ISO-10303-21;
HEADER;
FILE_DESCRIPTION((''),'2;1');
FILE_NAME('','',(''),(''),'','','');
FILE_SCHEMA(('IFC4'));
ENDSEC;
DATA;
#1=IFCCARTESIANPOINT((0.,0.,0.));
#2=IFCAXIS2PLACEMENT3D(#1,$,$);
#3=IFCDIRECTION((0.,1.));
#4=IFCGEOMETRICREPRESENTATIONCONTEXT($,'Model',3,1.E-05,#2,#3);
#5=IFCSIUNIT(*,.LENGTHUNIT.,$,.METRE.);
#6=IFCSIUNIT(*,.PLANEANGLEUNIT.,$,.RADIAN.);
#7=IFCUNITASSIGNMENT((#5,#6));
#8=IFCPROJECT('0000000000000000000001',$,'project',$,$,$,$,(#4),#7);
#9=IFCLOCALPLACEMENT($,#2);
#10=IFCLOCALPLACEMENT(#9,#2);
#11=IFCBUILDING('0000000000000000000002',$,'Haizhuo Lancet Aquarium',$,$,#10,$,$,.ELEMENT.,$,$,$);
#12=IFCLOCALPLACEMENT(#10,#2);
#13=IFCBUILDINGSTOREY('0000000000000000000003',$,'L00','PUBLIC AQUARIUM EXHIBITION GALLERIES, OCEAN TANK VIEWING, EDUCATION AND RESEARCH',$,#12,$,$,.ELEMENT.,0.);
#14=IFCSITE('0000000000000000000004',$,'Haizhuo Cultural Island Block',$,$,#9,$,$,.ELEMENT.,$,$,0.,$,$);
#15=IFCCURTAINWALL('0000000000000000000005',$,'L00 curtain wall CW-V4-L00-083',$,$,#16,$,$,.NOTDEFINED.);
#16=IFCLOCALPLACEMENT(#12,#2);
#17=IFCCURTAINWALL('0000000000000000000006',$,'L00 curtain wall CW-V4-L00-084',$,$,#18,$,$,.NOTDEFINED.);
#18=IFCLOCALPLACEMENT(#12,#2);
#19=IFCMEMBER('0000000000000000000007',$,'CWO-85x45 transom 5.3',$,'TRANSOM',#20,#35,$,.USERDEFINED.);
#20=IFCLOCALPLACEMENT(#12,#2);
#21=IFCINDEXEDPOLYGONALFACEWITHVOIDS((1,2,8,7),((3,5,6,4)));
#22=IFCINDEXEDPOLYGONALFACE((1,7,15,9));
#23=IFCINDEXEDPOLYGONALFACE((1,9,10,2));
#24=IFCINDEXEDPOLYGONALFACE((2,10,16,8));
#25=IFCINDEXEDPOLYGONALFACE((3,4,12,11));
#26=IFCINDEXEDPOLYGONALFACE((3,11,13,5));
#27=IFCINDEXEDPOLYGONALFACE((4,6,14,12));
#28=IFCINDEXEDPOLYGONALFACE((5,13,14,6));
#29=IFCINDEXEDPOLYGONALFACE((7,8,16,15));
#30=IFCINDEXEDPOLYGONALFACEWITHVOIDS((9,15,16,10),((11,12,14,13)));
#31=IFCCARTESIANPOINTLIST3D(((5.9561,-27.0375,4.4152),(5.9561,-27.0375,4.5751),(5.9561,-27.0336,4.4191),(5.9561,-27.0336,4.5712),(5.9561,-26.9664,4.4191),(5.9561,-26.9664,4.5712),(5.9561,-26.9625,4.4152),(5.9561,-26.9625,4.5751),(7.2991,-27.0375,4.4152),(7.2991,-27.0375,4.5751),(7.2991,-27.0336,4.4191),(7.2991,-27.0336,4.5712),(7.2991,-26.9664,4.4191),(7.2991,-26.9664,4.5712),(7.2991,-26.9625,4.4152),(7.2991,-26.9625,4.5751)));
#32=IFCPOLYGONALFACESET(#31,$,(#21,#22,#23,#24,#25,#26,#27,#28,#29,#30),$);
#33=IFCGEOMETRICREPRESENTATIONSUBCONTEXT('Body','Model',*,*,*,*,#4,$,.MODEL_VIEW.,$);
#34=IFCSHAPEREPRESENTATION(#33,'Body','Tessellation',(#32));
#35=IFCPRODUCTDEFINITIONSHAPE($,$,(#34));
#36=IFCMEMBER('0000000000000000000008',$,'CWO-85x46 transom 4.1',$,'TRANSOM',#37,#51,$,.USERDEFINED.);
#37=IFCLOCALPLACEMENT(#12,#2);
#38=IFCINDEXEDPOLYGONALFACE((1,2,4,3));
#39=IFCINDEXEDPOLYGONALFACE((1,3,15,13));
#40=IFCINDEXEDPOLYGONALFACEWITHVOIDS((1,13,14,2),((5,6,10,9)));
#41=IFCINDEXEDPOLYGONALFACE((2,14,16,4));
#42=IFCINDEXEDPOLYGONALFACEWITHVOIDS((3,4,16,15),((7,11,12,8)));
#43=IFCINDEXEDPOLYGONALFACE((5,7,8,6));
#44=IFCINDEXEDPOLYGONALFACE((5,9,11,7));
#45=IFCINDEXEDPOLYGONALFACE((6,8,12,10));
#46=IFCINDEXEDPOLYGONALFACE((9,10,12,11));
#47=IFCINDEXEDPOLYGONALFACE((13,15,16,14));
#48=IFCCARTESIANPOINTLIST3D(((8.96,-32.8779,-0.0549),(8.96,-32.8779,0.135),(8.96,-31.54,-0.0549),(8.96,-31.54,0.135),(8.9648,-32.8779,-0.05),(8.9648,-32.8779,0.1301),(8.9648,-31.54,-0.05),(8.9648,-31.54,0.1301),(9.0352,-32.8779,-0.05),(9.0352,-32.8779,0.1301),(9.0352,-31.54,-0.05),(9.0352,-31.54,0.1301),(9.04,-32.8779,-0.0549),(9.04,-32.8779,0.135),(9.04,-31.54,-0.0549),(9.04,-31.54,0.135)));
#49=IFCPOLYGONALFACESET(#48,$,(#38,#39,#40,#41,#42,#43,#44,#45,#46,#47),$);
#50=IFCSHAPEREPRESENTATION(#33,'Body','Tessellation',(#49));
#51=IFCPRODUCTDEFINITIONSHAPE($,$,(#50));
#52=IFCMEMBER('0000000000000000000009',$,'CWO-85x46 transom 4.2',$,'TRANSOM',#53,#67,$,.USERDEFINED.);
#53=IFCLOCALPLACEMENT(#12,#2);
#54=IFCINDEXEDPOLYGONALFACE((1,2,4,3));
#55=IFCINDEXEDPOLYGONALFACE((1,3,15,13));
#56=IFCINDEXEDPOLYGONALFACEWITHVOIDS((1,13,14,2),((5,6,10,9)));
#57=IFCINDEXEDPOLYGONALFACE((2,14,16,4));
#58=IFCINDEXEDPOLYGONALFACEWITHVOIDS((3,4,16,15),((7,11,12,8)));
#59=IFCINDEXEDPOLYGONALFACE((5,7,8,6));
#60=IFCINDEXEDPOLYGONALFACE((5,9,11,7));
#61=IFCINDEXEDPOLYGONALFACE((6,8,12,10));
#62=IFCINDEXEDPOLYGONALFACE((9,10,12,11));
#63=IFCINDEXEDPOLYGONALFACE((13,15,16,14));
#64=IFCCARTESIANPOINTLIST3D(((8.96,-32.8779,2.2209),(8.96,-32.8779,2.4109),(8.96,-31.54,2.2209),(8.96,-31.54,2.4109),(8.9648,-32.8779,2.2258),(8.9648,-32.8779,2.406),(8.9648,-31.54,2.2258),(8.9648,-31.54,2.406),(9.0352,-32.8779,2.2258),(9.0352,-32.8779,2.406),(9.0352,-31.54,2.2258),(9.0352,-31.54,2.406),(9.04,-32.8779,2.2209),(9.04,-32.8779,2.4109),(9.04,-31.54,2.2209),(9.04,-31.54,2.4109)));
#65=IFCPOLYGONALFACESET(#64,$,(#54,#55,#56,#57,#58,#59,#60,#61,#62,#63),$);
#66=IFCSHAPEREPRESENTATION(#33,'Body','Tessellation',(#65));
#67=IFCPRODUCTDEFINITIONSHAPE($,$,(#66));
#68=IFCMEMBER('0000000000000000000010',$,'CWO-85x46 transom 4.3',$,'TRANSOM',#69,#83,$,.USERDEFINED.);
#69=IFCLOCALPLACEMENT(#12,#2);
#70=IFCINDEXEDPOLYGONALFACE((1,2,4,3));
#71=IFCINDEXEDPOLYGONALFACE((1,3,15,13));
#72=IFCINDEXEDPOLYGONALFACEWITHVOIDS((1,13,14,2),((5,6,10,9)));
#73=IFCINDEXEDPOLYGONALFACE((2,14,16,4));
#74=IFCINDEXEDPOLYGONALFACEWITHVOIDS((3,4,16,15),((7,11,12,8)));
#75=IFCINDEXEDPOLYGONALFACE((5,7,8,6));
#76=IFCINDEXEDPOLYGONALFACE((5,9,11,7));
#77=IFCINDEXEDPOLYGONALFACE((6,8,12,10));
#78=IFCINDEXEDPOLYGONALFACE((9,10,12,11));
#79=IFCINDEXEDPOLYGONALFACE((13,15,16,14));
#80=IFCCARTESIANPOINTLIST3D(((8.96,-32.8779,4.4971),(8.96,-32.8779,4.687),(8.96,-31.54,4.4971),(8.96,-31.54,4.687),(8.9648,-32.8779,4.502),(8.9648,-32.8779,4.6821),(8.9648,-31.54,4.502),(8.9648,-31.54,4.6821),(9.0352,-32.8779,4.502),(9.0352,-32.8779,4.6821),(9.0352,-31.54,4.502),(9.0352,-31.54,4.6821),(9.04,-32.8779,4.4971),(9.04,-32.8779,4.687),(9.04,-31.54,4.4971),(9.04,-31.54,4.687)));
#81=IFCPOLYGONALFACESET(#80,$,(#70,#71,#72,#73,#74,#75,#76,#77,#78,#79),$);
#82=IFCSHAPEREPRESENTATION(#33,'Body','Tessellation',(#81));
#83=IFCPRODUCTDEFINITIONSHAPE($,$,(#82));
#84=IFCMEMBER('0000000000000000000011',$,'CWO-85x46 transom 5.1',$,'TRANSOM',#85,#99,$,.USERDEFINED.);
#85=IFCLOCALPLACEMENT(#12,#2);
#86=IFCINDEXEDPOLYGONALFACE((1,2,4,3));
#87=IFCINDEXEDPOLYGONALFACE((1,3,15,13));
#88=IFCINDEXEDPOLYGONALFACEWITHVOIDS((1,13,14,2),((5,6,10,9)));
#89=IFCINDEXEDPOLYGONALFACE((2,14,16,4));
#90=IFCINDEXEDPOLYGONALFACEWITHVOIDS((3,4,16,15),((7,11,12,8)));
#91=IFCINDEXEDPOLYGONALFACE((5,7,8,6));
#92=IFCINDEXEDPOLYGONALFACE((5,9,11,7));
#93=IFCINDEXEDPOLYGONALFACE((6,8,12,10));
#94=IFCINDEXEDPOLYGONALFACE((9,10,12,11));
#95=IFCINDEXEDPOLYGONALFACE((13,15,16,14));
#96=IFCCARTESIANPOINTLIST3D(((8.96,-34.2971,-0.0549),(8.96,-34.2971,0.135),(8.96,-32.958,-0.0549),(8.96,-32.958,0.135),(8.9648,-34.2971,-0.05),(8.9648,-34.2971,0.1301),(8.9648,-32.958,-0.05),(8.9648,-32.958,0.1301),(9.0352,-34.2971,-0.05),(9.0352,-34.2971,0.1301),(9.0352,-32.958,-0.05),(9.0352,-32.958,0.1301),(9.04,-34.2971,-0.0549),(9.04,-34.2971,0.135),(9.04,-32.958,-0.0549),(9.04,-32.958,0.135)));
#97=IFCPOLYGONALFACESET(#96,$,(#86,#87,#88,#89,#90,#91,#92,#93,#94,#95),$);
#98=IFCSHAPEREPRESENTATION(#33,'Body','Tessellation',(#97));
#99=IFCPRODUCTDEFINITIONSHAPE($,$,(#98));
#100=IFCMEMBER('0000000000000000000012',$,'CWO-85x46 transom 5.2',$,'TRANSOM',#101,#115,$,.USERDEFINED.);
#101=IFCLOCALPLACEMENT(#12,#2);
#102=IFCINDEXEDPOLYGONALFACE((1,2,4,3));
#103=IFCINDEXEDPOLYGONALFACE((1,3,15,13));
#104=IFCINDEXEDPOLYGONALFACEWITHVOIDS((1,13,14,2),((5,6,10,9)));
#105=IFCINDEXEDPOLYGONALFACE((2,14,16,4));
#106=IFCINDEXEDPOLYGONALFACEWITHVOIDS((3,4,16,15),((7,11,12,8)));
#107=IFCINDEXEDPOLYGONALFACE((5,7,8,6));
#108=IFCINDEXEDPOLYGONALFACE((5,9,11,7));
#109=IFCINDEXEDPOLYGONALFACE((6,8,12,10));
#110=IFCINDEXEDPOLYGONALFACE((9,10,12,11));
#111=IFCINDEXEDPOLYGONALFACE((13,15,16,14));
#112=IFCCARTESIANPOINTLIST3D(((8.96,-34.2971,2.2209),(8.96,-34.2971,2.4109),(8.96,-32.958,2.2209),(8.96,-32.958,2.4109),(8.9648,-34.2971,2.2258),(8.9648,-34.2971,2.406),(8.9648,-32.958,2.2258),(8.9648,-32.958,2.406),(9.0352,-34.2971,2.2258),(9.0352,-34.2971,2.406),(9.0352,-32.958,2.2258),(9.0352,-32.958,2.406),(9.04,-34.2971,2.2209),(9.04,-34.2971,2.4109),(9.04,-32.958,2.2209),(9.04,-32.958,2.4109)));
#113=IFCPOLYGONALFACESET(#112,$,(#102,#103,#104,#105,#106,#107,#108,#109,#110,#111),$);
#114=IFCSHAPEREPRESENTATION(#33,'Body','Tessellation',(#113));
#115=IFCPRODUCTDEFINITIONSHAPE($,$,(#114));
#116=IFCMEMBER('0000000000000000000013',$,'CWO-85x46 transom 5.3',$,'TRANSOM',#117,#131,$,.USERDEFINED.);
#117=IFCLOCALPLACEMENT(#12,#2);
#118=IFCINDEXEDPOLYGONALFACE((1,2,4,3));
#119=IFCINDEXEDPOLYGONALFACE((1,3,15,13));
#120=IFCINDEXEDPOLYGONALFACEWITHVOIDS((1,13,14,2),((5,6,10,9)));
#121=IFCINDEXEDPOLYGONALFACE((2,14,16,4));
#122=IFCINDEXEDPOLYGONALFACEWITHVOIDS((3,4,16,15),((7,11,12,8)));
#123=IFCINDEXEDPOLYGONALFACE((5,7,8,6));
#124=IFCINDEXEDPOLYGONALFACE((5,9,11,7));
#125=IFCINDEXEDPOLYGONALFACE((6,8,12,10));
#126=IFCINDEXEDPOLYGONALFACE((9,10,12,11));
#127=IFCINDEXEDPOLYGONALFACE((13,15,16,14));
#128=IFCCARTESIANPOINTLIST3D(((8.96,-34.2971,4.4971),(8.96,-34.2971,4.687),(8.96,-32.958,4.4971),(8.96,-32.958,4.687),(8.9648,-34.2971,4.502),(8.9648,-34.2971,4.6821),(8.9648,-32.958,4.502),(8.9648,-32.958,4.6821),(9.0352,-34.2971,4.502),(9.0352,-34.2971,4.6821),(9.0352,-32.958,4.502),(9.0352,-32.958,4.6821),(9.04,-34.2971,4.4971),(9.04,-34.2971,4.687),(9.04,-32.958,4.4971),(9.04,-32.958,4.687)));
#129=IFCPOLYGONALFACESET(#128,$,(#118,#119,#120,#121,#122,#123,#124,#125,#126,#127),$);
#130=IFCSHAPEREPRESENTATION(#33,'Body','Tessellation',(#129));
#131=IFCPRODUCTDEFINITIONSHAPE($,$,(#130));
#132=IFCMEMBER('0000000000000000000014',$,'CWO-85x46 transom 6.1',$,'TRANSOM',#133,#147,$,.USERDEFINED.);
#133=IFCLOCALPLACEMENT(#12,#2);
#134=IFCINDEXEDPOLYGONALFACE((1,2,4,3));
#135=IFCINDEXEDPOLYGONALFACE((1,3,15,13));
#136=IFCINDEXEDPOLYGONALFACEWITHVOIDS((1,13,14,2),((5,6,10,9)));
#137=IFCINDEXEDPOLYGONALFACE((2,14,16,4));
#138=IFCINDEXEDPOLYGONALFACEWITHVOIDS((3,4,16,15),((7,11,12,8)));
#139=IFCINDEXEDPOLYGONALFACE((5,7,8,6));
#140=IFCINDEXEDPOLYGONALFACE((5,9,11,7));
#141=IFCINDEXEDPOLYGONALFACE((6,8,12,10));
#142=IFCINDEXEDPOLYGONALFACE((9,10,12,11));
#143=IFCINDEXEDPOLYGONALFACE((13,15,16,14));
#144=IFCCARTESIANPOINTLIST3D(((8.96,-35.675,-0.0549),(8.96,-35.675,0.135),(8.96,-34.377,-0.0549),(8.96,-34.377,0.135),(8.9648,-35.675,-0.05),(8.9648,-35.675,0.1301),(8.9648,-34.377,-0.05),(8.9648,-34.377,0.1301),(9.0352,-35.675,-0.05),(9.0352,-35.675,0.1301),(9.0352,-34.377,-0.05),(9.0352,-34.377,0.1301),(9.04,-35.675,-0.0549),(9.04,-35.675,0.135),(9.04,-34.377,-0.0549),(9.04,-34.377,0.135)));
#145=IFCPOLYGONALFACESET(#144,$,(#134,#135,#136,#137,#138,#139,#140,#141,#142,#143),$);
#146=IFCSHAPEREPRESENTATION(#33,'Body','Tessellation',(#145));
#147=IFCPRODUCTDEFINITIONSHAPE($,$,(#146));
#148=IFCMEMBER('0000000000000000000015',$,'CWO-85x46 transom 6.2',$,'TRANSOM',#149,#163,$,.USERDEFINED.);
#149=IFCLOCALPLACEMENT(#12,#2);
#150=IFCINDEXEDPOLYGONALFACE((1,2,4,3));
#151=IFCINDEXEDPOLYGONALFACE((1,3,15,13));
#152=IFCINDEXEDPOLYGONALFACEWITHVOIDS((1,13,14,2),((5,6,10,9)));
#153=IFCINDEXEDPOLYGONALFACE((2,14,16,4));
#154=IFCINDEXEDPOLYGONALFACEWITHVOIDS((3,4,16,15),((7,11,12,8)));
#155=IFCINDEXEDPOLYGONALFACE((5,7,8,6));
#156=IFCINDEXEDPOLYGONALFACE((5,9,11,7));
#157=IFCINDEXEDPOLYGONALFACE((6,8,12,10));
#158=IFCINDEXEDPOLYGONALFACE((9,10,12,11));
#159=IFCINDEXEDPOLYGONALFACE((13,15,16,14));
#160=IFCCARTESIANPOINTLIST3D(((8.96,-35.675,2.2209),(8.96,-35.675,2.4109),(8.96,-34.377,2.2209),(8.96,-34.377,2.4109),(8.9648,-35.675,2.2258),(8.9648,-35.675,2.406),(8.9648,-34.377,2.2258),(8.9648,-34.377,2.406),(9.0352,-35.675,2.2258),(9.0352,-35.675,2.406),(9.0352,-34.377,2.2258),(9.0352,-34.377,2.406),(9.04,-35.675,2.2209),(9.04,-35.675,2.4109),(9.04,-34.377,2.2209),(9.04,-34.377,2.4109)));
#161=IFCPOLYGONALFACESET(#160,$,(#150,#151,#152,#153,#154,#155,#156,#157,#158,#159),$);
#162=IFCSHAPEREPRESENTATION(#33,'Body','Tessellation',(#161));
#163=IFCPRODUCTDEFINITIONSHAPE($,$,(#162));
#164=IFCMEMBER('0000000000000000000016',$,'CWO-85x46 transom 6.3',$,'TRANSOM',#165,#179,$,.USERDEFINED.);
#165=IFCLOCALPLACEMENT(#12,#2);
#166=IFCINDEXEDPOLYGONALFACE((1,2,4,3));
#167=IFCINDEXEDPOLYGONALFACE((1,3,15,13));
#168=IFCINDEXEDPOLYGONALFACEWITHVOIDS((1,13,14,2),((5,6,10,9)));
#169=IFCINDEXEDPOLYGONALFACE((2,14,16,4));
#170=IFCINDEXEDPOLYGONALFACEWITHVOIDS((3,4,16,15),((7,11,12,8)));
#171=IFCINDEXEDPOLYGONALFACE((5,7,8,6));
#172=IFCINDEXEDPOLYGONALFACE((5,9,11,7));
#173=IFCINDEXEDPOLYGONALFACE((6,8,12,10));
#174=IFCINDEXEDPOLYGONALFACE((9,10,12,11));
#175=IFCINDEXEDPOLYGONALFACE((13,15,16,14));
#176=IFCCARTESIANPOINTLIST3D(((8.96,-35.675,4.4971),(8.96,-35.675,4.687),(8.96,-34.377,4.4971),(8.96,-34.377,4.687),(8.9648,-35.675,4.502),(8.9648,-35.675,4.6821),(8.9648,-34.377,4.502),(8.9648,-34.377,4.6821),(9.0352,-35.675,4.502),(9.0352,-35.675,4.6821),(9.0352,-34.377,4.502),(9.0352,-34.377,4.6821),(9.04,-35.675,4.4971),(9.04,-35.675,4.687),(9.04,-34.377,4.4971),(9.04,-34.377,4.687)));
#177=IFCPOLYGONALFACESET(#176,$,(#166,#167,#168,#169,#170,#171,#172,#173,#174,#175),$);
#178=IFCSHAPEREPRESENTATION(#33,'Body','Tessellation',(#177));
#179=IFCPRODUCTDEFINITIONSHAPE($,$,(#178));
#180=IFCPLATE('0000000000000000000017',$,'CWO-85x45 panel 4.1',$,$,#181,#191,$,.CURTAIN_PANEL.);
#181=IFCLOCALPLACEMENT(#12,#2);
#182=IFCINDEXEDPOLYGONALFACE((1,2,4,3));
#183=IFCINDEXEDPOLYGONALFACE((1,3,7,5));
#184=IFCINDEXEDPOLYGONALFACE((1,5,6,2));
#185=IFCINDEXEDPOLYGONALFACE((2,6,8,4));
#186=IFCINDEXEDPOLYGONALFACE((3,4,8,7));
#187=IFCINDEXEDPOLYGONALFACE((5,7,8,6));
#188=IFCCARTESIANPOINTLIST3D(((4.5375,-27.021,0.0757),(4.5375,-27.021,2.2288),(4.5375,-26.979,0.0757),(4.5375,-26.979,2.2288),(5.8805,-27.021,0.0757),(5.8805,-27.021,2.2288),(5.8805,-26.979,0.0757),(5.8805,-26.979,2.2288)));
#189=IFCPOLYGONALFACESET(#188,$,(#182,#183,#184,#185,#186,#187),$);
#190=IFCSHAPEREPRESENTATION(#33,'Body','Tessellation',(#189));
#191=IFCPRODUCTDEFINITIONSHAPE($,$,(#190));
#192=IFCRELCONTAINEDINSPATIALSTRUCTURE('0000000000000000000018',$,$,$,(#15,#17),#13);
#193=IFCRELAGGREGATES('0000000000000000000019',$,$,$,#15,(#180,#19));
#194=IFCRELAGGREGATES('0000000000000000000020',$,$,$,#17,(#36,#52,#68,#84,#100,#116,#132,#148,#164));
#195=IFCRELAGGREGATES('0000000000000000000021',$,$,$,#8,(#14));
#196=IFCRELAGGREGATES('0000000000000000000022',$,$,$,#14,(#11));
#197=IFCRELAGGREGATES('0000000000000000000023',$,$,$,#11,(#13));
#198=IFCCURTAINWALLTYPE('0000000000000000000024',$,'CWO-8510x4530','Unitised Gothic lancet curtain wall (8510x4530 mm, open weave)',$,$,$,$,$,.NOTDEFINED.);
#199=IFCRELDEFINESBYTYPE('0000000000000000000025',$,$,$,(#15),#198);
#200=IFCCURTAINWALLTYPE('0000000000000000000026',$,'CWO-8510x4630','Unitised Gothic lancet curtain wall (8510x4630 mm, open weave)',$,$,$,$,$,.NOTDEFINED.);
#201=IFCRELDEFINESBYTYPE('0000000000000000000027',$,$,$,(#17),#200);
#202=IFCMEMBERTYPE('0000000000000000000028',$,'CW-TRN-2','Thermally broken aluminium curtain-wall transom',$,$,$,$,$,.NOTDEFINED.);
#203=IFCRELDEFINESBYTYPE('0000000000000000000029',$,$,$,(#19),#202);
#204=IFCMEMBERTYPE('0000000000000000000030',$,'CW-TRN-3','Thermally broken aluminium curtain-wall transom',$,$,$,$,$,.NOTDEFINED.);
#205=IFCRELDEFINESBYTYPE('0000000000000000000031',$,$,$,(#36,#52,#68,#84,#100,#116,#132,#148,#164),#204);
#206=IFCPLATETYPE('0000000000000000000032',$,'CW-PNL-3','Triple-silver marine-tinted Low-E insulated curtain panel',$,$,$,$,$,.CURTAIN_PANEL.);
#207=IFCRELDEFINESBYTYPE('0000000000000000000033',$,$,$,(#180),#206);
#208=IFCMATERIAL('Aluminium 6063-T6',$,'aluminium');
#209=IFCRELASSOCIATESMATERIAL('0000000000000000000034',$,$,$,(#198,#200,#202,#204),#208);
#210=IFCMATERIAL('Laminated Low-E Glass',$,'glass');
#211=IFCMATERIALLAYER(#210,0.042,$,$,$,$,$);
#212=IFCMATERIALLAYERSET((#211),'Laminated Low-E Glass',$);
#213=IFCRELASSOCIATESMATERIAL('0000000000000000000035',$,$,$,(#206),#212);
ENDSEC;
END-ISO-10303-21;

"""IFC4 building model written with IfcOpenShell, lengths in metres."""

from ifc_helpers import new_model, si_unit, direction, frame, origin, origin_2d, place, context, subcontext, project, spatial, rectangle, hollow_rectangle, extrude, material, layer, layer_set, material_profile, profile_set, type_object, element, aggregate, save


model = new_model("IFC4")

# Units and contexts
model_context = context("Model", 3, precision=1e-05, world=origin(), true_north=direction((0.0, 1.0)))
body_context = subcontext(model_context, "Body", "Model", "MODEL_VIEW")
ifc_project = project(units=[si_unit("LENGTHUNIT", "METRE"), si_unit("PLANEANGLEUNIT", "RADIAN")], contexts=[model_context])

# Site, building, storey
site_placement = place(None, origin())
site = spatial("IfcSite", under=ifc_project, at=site_placement, Name="Haizhuo Cultural Island Block", CompositionType="ELEMENT", RefElevation=0.0)
building_placement = place(site_placement, origin())
building = spatial("IfcBuilding", under=site, at=building_placement, Name="Haizhuo Lancet Aquarium", CompositionType="ELEMENT")
storey_placement = place(building_placement, origin())
storey = spatial("IfcBuildingStorey", under=building, at=storey_placement, Name="L00", Description="PUBLIC AQUARIUM EXHIBITION GALLERIES, OCEAN TANK VIEWING, EDUCATION AND RESEARCH", CompositionType="ELEMENT", Elevation=0.0)

# Curtain walls
ifc_material_1 = material(Name="Aluminium 6063-T6", Category="aluminium")
curtain_wall_type_1 = type_object("IfcCurtainWallType", Name="CWO-8510x4530", Description="Unitised Gothic lancet curtain wall (8510x4530 mm, open weave)", PredefinedType="NOTDEFINED", material=ifc_material_1)
curtain_wall_1_placement = place(storey_placement, origin())
curtain_wall_1 = element("IfcCurtainWall", 1, at=curtain_wall_1_placement, inside=storey, type_object=curtain_wall_type_1, Name="L00 curtain wall CW-V4-L00-083", PredefinedType="NOTDEFINED")
curtain_wall_type_2 = type_object("IfcCurtainWallType", Name="CWO-8510x4630", Description="Unitised Gothic lancet curtain wall (8510x4630 mm, open weave)", PredefinedType="NOTDEFINED", material=ifc_material_1)
curtain_wall_2_placement = place(storey_placement, origin())
curtain_wall_2 = element("IfcCurtainWall", 2, at=curtain_wall_2_placement, inside=storey, type_object=curtain_wall_type_2, Name="L00 curtain wall CW-V4-L00-084", PredefinedType="NOTDEFINED")

# Members
ifc_material_profile_1 = material_profile(ifc_material_1, hollow_rectangle(XDim=0.075, YDim=0.1599, WallThickness=0.0039, at=origin_2d()), Name="ALU-T 75x160x4")
ifc_profile_set_1 = profile_set([ifc_material_profile_1], Name="Aluminium 6063-T6")
member_type_1 = type_object("IfcMemberType", Name="CW-TRN-2", Description="Thermally broken aluminium curtain-wall transom", PredefinedType="NOTDEFINED", material=ifc_profile_set_1)
member_1_placement = place(storey_placement, frame((5.9561, -27.0, 4.4951), z_axis=(1.0, 0.0, 0.0), x_axis=(0.0, 1.0, 0.0)))
member_1 = element("IfcMember", 3, at=member_1_placement, type_object=member_type_1, Name="CWO-85x45 transom 5.3", ObjectType="TRANSOM", PredefinedType="USERDEFINED", context=body_context, shape_type="SweptSolid", body=[
    extrude(hollow_rectangle(XDim=0.075, YDim=0.1599, WallThickness=0.0039, at=origin_2d()), origin(), (0.0, 0.0, 1.0), 1.343),
])
ifc_material_profile_2 = material_profile(ifc_material_1, hollow_rectangle(XDim=0.0801, YDim=0.1899, WallThickness=0.0049, at=origin_2d()), Name="ALU-T 80x190x5")
ifc_profile_set_2 = profile_set([ifc_material_profile_2], Name="Aluminium 6063-T6")
member_type_2 = type_object("IfcMemberType", Name="CW-TRN-3", Description="Thermally broken aluminium curtain-wall transom", PredefinedType="NOTDEFINED", material=ifc_profile_set_2)
member_2_placement = place(storey_placement, frame((9.0, -31.54, 0.04), z_axis=(0.0, -1.0, 0.0), x_axis=(1.0, 0.0, 0.0)))
member_2 = element("IfcMember", 4, at=member_2_placement, type_object=member_type_2, Name="CWO-85x46 transom 4.1", ObjectType="TRANSOM", PredefinedType="USERDEFINED", context=body_context, shape_type="SweptSolid", body=[
    extrude(hollow_rectangle(XDim=0.0801, YDim=0.1899, WallThickness=0.0049, at=origin_2d()), origin(), (0.0, 0.0, 1.0), 1.3379),
])
member_3_placement = place(storey_placement, frame((9.0, -31.54, 2.3159), z_axis=(0.0, -1.0, 0.0), x_axis=(1.0, 0.0, 0.0)))
member_3 = element("IfcMember", 5, at=member_3_placement, type_object=member_type_2, Name="CWO-85x46 transom 4.2", ObjectType="TRANSOM", PredefinedType="USERDEFINED", context=body_context, shape_type="SweptSolid", body=[
    extrude(hollow_rectangle(XDim=0.0801, YDim=0.1899, WallThickness=0.0049, at=origin_2d()), origin(), (0.0, 0.0, 1.0), 1.3379),
])
member_4_placement = place(storey_placement, frame((9.0, -31.54, 4.592), z_axis=(0.0, -1.0, 0.0), x_axis=(1.0, 0.0, 0.0)))
member_4 = element("IfcMember", 6, at=member_4_placement, type_object=member_type_2, Name="CWO-85x46 transom 4.3", ObjectType="TRANSOM", PredefinedType="USERDEFINED", context=body_context, shape_type="SweptSolid", body=[
    extrude(hollow_rectangle(XDim=0.0801, YDim=0.1899, WallThickness=0.0049, at=origin_2d()), origin(), (0.0, 0.0, 1.0), 1.3379),
])
member_5_placement = place(storey_placement, frame((9.0, -32.958, 0.04), z_axis=(0.0, -1.0, 0.0), x_axis=(1.0, 0.0, 0.0)))
member_5 = element("IfcMember", 7, at=member_5_placement, type_object=member_type_2, Name="CWO-85x46 transom 5.1", ObjectType="TRANSOM", PredefinedType="USERDEFINED", context=body_context, shape_type="SweptSolid", body=[
    extrude(hollow_rectangle(XDim=0.0801, YDim=0.1899, WallThickness=0.0049, at=origin_2d()), origin(), (0.0, 0.0, 1.0), 1.3391),
])
member_6_placement = place(storey_placement, frame((9.0, -32.958, 2.3159), z_axis=(0.0, -1.0, 0.0), x_axis=(1.0, 0.0, 0.0)))
member_6 = element("IfcMember", 8, at=member_6_placement, type_object=member_type_2, Name="CWO-85x46 transom 5.2", ObjectType="TRANSOM", PredefinedType="USERDEFINED", context=body_context, shape_type="SweptSolid", body=[
    extrude(hollow_rectangle(XDim=0.0801, YDim=0.1899, WallThickness=0.0049, at=origin_2d()), origin(), (0.0, 0.0, 1.0), 1.3391),
])
member_7_placement = place(storey_placement, frame((9.0, -32.958, 4.592), z_axis=(0.0, -1.0, 0.0), x_axis=(1.0, 0.0, 0.0)))
member_7 = element("IfcMember", 9, at=member_7_placement, type_object=member_type_2, Name="CWO-85x46 transom 5.3", ObjectType="TRANSOM", PredefinedType="USERDEFINED", context=body_context, shape_type="SweptSolid", body=[
    extrude(hollow_rectangle(XDim=0.0801, YDim=0.1899, WallThickness=0.0049, at=origin_2d()), origin(), (0.0, 0.0, 1.0), 1.3391),
])
member_8_placement = place(storey_placement, frame((9.0, -34.377, 0.04), z_axis=(0.0, -1.0, 0.0), x_axis=(1.0, 0.0, 0.0)))
member_8 = element("IfcMember", 10, at=member_8_placement, type_object=member_type_2, Name="CWO-85x46 transom 6.1", ObjectType="TRANSOM", PredefinedType="USERDEFINED", context=body_context, shape_type="SweptSolid", body=[
    extrude(hollow_rectangle(XDim=0.0801, YDim=0.1899, WallThickness=0.0049, at=origin_2d()), origin(), (0.0, 0.0, 1.0), 1.2981),
])
member_9_placement = place(storey_placement, frame((9.0, -34.377, 2.3159), z_axis=(0.0, -1.0, 0.0), x_axis=(1.0, 0.0, 0.0)))
member_9 = element("IfcMember", 11, at=member_9_placement, type_object=member_type_2, Name="CWO-85x46 transom 6.2", ObjectType="TRANSOM", PredefinedType="USERDEFINED", context=body_context, shape_type="SweptSolid", body=[
    extrude(hollow_rectangle(XDim=0.0801, YDim=0.1899, WallThickness=0.0049, at=origin_2d()), origin(), (0.0, 0.0, 1.0), 1.2981),
])
member_10_placement = place(storey_placement, frame((9.0, -34.377, 4.592), z_axis=(0.0, -1.0, 0.0), x_axis=(1.0, 0.0, 0.0)))
member_10 = element("IfcMember", 12, at=member_10_placement, type_object=member_type_2, Name="CWO-85x46 transom 6.3", ObjectType="TRANSOM", PredefinedType="USERDEFINED", context=body_context, shape_type="SweptSolid", body=[
    extrude(hollow_rectangle(XDim=0.0801, YDim=0.1899, WallThickness=0.0049, at=origin_2d()), origin(), (0.0, 0.0, 1.0), 1.2981),
])

# Plate
ifc_material_2 = material(Name="Laminated Low-E Glass", Category="glass")
ifc_layer_1 = layer(ifc_material_2, 0.042)
ifc_layer_set_1 = layer_set([ifc_layer_1], Name="Laminated Low-E Glass")
plate_type_1 = type_object("IfcPlateType", Name="CW-PNL-3", Description="Triple-silver marine-tinted Low-E insulated curtain panel", PredefinedType="CURTAIN_PANEL", material=ifc_layer_set_1)
plate_1_placement = place(storey_placement, frame((5.209, -27.0, 0.0757), z_axis=(0.0, 0.0, 1.0), x_axis=(1.0, 0.0, 0.0)))
plate_1 = element("IfcPlate", 13, at=plate_1_placement, type_object=plate_type_1, Name="CWO-85x45 panel 4.1", PredefinedType="CURTAIN_PANEL", context=body_context, shape_type="SweptSolid", body=[
    extrude(rectangle(XDim=1.343, YDim=0.042, at=origin_2d()), origin(), (0.0, 0.0, 1.0), 2.1531),
])
aggregate(curtain_wall_1, [plate_1, member_1])
aggregate(curtain_wall_2, [member_2, member_3, member_4, member_5, member_6, member_7, member_8, member_9, member_10])

save(model, "model.ifc")
